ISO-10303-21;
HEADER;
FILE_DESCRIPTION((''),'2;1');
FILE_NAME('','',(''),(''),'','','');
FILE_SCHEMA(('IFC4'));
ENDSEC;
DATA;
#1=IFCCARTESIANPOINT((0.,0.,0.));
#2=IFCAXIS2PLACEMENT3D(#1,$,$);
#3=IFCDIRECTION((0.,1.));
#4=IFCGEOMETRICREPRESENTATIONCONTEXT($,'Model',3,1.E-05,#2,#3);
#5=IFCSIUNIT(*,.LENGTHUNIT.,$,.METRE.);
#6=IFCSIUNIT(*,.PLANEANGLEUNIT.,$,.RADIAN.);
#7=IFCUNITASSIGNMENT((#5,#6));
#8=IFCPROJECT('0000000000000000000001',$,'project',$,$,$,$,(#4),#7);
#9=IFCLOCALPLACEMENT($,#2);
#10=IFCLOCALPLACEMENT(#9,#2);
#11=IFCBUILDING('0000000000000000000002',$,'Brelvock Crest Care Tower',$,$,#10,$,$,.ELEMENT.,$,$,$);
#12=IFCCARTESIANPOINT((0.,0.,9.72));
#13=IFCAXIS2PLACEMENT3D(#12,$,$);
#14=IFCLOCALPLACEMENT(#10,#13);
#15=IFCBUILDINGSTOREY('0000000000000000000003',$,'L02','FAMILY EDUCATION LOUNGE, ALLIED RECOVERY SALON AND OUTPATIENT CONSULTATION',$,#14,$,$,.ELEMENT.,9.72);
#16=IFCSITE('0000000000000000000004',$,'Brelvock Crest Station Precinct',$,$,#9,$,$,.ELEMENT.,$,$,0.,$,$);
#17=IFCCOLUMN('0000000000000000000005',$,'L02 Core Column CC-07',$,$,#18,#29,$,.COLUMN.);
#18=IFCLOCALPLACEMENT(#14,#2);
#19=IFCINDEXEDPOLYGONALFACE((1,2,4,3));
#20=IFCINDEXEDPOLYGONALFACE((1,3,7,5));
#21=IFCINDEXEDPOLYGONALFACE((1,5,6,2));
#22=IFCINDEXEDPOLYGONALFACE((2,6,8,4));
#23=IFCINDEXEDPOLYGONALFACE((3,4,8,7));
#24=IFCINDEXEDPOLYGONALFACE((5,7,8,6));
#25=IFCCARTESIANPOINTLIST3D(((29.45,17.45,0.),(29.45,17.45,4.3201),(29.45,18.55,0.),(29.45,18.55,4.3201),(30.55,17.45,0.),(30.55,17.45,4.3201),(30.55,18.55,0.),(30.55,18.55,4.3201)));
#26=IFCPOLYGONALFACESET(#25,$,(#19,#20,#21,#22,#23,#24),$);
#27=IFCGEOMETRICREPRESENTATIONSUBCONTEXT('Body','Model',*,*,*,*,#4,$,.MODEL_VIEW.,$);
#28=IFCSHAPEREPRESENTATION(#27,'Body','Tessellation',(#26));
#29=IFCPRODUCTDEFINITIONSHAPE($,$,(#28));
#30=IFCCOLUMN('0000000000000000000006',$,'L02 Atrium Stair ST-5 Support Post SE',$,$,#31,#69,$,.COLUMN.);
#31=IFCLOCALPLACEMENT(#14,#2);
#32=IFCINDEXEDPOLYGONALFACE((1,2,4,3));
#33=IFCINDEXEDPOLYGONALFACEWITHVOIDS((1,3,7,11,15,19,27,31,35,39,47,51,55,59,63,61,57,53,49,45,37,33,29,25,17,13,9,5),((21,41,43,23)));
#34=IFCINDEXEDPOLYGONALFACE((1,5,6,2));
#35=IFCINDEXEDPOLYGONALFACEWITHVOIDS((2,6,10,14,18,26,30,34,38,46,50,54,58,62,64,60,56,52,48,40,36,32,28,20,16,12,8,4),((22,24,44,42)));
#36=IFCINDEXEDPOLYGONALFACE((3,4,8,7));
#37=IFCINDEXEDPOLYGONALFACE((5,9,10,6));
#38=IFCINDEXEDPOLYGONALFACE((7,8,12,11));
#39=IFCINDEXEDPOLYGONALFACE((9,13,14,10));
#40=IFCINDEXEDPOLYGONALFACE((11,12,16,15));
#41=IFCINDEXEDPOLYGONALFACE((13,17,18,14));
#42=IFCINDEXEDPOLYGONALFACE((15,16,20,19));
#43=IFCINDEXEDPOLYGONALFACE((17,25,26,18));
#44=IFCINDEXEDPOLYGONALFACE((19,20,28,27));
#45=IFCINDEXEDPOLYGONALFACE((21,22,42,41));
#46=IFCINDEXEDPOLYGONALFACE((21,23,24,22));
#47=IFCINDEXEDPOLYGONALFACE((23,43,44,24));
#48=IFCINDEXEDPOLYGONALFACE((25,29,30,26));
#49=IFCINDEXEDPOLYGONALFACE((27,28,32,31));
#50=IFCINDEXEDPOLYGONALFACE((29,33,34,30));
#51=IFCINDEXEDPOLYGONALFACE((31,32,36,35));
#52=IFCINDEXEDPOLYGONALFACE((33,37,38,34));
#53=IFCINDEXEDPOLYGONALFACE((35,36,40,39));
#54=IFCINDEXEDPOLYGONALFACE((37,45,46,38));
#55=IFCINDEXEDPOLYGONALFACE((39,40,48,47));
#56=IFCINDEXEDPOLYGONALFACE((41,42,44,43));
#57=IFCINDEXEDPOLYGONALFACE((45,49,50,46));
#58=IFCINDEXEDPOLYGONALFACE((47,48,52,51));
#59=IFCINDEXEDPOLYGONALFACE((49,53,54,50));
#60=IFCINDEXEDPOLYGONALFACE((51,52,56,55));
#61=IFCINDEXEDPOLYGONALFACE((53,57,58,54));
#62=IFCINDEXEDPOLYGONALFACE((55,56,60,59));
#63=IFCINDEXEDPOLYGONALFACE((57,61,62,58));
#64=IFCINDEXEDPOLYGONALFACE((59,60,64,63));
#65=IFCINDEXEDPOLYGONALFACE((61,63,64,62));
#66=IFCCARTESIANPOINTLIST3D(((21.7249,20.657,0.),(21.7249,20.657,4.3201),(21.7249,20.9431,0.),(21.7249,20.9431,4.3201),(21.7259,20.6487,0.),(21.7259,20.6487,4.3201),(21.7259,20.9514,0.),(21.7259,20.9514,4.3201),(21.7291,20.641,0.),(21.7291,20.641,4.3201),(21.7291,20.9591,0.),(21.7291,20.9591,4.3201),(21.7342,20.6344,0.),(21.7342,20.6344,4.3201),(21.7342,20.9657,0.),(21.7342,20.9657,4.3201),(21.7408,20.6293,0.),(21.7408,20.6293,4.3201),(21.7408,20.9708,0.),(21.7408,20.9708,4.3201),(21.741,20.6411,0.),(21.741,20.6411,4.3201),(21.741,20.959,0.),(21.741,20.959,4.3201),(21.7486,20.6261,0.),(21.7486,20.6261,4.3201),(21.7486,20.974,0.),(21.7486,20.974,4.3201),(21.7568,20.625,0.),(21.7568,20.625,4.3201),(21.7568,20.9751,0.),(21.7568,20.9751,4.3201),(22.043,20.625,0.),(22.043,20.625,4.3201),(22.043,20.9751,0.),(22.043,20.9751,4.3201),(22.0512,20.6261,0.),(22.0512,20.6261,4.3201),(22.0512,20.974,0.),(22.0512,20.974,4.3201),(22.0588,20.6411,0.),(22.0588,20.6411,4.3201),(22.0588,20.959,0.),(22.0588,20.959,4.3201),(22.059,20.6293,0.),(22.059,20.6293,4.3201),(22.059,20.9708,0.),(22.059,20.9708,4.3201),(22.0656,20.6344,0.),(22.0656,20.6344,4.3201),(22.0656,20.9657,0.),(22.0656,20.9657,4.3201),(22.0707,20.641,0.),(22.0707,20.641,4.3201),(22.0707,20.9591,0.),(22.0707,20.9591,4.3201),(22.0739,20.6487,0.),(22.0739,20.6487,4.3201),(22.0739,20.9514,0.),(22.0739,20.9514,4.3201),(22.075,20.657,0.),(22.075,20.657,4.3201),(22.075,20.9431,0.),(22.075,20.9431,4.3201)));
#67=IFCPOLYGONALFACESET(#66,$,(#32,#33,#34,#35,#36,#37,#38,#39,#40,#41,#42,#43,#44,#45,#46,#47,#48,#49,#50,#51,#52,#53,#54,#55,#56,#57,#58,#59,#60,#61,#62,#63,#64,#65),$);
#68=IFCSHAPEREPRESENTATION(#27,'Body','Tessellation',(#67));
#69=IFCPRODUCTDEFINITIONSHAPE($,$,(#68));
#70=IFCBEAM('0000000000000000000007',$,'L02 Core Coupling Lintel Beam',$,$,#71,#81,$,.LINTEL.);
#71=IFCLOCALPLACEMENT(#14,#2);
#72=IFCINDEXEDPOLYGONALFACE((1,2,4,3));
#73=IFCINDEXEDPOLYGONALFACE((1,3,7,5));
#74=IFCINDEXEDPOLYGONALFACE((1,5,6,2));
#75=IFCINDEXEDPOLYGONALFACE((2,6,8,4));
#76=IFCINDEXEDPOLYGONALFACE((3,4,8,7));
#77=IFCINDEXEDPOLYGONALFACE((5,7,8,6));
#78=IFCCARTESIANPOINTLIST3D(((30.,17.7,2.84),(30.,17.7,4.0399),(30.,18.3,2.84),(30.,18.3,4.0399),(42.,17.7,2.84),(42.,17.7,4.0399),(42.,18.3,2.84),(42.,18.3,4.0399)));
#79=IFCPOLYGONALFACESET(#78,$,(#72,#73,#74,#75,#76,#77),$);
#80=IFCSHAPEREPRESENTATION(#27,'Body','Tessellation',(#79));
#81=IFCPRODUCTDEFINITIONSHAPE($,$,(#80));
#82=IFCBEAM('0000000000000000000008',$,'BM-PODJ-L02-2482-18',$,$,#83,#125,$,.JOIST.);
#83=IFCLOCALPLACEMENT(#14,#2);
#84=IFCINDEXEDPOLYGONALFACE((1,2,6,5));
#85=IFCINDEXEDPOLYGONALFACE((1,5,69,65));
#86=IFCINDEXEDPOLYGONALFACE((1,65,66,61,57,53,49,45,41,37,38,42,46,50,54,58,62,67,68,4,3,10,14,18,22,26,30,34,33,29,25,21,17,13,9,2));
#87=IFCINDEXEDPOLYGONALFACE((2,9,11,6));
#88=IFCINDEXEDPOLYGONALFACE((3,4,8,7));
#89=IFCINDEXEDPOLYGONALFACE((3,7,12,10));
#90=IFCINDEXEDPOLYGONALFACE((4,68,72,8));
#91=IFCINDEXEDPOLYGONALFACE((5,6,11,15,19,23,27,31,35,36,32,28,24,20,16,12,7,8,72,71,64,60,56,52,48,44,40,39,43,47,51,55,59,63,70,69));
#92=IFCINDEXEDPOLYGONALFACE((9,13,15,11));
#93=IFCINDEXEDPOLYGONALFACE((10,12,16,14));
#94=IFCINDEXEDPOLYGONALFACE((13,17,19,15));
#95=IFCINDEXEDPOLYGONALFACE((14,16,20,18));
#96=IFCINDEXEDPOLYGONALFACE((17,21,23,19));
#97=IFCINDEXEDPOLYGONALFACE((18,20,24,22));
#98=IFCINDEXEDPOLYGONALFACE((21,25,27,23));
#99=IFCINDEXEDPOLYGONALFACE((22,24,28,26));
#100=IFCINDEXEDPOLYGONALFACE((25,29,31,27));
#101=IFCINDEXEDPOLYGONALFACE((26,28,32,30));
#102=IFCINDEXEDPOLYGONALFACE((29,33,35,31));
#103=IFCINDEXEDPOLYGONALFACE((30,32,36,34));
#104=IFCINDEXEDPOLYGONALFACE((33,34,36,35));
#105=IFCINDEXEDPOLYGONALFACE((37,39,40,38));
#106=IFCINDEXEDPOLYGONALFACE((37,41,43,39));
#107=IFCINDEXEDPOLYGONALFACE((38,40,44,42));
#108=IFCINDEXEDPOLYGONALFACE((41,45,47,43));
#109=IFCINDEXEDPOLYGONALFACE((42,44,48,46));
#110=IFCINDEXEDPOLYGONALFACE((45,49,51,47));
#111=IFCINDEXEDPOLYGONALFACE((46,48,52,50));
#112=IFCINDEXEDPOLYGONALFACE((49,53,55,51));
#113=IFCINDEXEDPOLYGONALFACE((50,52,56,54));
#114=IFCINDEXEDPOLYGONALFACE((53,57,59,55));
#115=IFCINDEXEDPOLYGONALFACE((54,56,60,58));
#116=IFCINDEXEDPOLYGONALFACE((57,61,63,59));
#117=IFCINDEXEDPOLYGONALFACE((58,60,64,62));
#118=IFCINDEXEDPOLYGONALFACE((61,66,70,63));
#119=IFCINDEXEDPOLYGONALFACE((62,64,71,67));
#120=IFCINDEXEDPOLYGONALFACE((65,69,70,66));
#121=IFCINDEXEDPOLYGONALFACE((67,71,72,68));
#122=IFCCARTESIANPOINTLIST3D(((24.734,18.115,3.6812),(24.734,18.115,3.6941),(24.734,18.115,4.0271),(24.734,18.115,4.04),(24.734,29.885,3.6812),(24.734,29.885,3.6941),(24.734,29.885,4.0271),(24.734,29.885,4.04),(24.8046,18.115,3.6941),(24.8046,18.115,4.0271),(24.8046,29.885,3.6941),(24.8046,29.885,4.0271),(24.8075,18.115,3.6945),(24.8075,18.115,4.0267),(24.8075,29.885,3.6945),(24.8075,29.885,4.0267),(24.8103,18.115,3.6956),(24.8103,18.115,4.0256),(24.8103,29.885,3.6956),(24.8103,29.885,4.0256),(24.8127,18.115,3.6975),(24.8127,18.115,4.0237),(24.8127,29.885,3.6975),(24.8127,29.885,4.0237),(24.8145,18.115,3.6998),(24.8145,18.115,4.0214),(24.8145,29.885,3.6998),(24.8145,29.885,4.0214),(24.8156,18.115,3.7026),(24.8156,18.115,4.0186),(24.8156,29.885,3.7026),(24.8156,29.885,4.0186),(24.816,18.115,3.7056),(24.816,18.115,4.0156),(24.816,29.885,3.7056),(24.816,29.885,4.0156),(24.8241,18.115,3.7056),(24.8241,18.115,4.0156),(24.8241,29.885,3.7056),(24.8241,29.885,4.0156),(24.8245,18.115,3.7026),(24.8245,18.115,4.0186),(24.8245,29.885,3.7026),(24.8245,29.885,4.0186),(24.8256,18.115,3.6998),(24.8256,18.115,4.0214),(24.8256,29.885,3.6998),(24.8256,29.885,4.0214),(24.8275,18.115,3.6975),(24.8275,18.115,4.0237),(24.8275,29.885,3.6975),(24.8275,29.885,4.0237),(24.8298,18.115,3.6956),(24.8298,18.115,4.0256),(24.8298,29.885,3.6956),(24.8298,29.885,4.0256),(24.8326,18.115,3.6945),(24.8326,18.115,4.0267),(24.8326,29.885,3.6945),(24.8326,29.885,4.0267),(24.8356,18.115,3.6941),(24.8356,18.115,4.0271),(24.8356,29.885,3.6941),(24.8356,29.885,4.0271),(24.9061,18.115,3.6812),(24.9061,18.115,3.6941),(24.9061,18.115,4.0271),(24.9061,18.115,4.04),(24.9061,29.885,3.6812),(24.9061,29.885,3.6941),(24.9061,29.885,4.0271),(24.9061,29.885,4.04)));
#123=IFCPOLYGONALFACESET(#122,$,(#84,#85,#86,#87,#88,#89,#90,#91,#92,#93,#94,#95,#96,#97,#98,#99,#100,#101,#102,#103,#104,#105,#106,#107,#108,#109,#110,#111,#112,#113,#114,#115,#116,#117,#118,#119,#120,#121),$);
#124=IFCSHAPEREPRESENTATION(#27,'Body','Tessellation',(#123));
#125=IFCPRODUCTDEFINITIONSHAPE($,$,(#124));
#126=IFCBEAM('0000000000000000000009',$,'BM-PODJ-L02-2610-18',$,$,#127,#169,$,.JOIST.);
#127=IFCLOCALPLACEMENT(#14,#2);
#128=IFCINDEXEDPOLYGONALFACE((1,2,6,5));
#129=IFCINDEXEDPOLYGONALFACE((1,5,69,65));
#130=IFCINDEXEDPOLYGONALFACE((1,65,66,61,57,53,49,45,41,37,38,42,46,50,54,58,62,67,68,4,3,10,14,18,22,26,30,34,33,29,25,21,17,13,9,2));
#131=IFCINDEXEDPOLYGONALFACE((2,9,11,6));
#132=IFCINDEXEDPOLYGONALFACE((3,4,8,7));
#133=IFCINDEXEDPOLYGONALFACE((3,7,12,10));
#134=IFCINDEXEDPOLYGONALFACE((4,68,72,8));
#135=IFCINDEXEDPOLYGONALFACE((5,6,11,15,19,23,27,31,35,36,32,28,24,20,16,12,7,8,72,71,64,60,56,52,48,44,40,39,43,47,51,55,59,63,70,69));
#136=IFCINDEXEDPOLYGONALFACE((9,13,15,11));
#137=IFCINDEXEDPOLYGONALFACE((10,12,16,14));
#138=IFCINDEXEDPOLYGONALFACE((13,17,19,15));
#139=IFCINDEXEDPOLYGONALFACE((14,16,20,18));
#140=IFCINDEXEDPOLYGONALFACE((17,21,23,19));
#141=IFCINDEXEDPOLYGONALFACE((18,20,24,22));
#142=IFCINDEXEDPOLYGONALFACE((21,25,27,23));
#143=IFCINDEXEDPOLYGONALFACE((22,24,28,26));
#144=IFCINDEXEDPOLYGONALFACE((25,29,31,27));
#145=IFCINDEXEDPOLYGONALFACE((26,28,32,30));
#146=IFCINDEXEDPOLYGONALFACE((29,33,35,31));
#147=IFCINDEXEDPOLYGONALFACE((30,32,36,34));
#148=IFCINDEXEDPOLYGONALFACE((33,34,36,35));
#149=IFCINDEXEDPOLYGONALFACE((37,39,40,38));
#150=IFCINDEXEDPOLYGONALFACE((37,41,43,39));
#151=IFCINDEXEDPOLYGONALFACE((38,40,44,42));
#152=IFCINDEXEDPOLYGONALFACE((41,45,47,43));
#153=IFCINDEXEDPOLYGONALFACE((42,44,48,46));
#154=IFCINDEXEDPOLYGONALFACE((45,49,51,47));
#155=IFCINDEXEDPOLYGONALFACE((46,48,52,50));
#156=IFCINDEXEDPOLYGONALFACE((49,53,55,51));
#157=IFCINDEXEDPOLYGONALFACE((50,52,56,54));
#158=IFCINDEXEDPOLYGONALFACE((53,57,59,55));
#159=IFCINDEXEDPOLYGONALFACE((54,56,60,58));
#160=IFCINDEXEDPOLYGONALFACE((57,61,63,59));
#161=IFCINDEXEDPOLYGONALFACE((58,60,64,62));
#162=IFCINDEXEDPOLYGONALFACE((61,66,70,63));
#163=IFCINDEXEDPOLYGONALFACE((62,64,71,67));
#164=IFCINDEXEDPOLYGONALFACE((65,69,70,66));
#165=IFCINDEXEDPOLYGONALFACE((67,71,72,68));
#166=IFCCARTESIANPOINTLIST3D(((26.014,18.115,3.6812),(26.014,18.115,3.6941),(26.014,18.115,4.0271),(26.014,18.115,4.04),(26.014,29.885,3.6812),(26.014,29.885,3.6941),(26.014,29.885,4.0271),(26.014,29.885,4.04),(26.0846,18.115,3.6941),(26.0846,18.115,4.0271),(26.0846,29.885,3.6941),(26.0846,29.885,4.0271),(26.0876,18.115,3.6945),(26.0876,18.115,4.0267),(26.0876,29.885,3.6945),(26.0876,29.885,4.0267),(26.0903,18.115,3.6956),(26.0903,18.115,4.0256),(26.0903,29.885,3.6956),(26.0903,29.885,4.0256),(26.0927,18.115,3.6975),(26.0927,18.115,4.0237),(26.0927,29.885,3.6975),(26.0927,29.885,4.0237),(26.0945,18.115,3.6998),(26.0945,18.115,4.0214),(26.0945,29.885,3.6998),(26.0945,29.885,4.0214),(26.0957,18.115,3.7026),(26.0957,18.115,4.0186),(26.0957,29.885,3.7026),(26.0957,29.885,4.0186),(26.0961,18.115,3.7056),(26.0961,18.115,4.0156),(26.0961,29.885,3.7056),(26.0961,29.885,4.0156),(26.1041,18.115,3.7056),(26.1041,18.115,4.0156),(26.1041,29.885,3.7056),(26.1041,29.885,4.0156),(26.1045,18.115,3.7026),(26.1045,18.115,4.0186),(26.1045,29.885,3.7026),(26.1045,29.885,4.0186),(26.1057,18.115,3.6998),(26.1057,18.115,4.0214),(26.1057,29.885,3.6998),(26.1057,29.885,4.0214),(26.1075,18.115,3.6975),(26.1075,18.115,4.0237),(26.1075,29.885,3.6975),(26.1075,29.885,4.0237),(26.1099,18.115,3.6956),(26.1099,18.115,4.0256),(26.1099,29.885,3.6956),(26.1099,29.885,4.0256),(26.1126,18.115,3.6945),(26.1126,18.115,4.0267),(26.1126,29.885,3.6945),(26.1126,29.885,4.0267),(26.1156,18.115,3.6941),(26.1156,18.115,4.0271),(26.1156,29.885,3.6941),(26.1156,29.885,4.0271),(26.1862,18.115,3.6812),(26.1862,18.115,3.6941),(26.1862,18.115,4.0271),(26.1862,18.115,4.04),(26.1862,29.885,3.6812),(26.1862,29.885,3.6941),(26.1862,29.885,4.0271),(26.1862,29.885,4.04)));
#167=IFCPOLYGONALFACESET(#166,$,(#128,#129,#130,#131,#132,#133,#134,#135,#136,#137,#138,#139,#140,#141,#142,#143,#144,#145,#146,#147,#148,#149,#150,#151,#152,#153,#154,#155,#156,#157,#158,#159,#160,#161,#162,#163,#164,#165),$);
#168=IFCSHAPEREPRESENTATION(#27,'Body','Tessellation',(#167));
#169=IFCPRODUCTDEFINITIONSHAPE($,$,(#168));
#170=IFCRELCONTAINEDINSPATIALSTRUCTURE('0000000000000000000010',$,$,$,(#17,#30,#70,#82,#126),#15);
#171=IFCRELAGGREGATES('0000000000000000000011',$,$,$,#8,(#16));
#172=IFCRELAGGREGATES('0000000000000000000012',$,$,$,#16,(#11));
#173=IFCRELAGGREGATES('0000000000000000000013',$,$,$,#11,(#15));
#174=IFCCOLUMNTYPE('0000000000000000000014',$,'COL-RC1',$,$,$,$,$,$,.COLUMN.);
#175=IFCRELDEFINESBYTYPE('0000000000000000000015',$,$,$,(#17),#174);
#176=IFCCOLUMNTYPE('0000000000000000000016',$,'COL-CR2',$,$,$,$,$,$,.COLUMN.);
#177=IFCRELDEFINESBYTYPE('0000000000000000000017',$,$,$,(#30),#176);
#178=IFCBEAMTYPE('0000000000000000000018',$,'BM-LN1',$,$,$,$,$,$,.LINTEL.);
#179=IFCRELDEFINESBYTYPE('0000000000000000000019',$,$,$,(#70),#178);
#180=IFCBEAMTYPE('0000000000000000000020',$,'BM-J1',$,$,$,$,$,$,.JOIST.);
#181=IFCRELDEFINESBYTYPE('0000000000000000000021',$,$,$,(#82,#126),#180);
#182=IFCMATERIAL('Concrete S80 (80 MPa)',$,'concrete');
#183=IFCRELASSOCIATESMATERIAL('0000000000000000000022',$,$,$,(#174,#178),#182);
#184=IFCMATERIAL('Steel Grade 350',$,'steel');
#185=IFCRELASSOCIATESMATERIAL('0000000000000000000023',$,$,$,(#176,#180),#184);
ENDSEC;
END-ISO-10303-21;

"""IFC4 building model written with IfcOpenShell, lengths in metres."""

from ifc_helpers import new_model, si_unit, direction, frame, origin, origin_2d, place, context, subcontext, project, spatial, rectangle, hollow_rectangle, i_section, extrude, source, transform, mapped, material, material_profile, profile_set, type_object, element, save


model = new_model("IFC4")

# Units and contexts
model_context = context("Model", 3, precision=1e-05, world=origin(), true_north=direction((0.0, 1.0)))
body_context = subcontext(model_context, "Body", "Model", "MODEL_VIEW")
ifc_project = project(units=[si_unit("LENGTHUNIT", "METRE"), si_unit("PLANEANGLEUNIT", "RADIAN")], contexts=[model_context])

# Site, building, storey
site_placement = place(None, origin())
site = spatial("IfcSite", under=ifc_project, at=site_placement, Name="Brelvock Crest Station Precinct", CompositionType="ELEMENT", RefElevation=0.0)
building_placement = place(site_placement, origin())
building = spatial("IfcBuilding", under=site, at=building_placement, Name="Brelvock Crest Care Tower", CompositionType="ELEMENT")
storey_placement = place(building_placement, frame((0.0, 0.0, 9.72)))
storey = spatial("IfcBuildingStorey", under=building, at=storey_placement, Name="L02", Description="FAMILY EDUCATION LOUNGE, ALLIED RECOVERY SALON AND OUTPATIENT CONSULTATION", CompositionType="ELEMENT", Elevation=9.72)

# Columns
ifc_material_1 = material(Name="Concrete S80 (80 MPa)", Category="concrete")
ifc_material_profile_1 = material_profile(ifc_material_1, rectangle(XDim=1.1001, YDim=1.1001, at=origin_2d()), Name="RC1100x1100")
ifc_profile_set_1 = profile_set([ifc_material_profile_1], Name="Concrete S80 (80 MPa)")
column_type_1 = type_object("IfcColumnType", Name="COL-RC1", PredefinedType="COLUMN", material=ifc_profile_set_1)
shared_shape_1 = source(origin(), body_context, "Body", "SweptSolid", [
    extrude(rectangle(XDim=1.1001, YDim=1.1001, at=origin_2d()), origin(), (0.0, 0.0, 1.0), 4.3201),
])
column_1_placement = place(storey_placement, frame((30.0, 18.0, 0.0), z_axis=(0.0, 0.0, 1.0), x_axis=(1.0, 0.0, 0.0)))
element("IfcColumn", 1, at=column_1_placement, inside=storey, type_object=column_type_1, Name="L02 Core Column CC-07", PredefinedType="COLUMN", context=body_context, shape_type="MappedRepresentation", body=[
    mapped(shared_shape_1, transform((0.0, 0.0, 0.0), x_axis=(1.0, 0.0, 0.0), y_axis=(0.0, 1.0, 0.0), z_axis=(0.0, 0.0, 1.0), scale=1.0)),
])
ifc_material_2 = material(Name="Steel Grade 350", Category="steel")
ifc_material_profile_2 = material_profile(ifc_material_2, hollow_rectangle(XDim=0.3501, YDim=0.3501, WallThickness=0.0161, OuterFilletRadius=0.032, at=origin_2d()), Name="SHS350x350x16.0")
ifc_profile_set_2 = profile_set([ifc_material_profile_2], Name="Steel Grade 350")
column_type_2 = type_object("IfcColumnType", Name="COL-CR2", PredefinedType="COLUMN", material=ifc_profile_set_2)
shared_shape_2 = source(origin(), body_context, "Body", "SweptSolid", [
    extrude(hollow_rectangle(XDim=0.3501, YDim=0.3501, WallThickness=0.0161, OuterFilletRadius=0.032, at=origin_2d()), origin(), (0.0, 0.0, 1.0), 4.3201),
])
column_2_placement = place(storey_placement, frame((21.8999, 20.8, 0.0), z_axis=(0.0, 0.0, 1.0), x_axis=(1.0, 0.0, 0.0)))
element("IfcColumn", 2, at=column_2_placement, inside=storey, type_object=column_type_2, Name="L02 Atrium Stair ST-5 Support Post SE", PredefinedType="COLUMN", context=body_context, shape_type="MappedRepresentation", body=[
    mapped(shared_shape_2, transform((0.0, 0.0, 0.0), x_axis=(1.0, 0.0, 0.0), y_axis=(0.0, 1.0, 0.0), z_axis=(0.0, 0.0, 1.0), scale=1.0)),
])

# Beams
ifc_material_profile_3 = material_profile(ifc_material_1, rectangle(XDim=0.6001, YDim=1.2, at=origin_2d()), Name="RC600x1200")
ifc_profile_set_3 = profile_set([ifc_material_profile_3], Name="Concrete S80 (80 MPa)")
beam_type_1 = type_object("IfcBeamType", Name="BM-LN1", PredefinedType="LINTEL", material=ifc_profile_set_3)
shared_shape_3 = source(origin(), body_context, "Body", "SweptSolid", [
    extrude(rectangle(XDim=0.6001, YDim=1.2, at=origin_2d()), origin(), (0.0, 0.0, 1.0), 12.0),
])
beam_1_placement = place(storey_placement, frame((30.0, 18.0, 3.4399), z_axis=(1.0, 0.0, 0.0), x_axis=(0.0, 1.0, 0.0)))
element("IfcBeam", 3, at=beam_1_placement, inside=storey, type_object=beam_type_1, Name="L02 Core Coupling Lintel Beam", PredefinedType="LINTEL", context=body_context, shape_type="MappedRepresentation", body=[
    mapped(shared_shape_3, transform((0.0, 0.0, 0.0), x_axis=(1.0, 0.0, 0.0), y_axis=(0.0, 1.0, 0.0), z_axis=(0.0, 0.0, 1.0), scale=1.0)),
])
ifc_material_profile_4 = material_profile(ifc_material_2, i_section(OverallWidth=0.1721, OverallDepth=0.3589, WebThickness=0.0081, FlangeThickness=0.0129, FilletRadius=0.0115, at=origin_2d()), Name="360UB56.7")
ifc_profile_set_4 = profile_set([ifc_material_profile_4], Name="Steel Grade 350")
beam_type_2 = type_object("IfcBeamType", Name="BM-J1", PredefinedType="JOIST", material=ifc_profile_set_4)
shared_shape_4 = source(origin(), body_context, "Body", "SweptSolid", [
    extrude(i_section(OverallWidth=0.1721, OverallDepth=0.3589, WebThickness=0.0081, FlangeThickness=0.0129, FilletRadius=0.0115, at=origin_2d()), origin(), (0.0, 0.0, 1.0), 11.77),
])
for number, where, z_axis, x_axis, name in (
    (4, (24.8201, 18.115, 3.8606), (0.0, 1.0, 0.0), (-1.0, 0.0, 0.0), "BM-PODJ-L02-2482-18"),
    (5, (26.1001, 18.115, 3.8606), (0.0, 1.0, 0.0), (-1.0, 0.0, 0.0), "BM-PODJ-L02-2610-18"),
):
    element("IfcBeam", number, at=place(storey_placement, frame(where, z_axis=z_axis, x_axis=x_axis)), inside=storey, type_object=beam_type_2, Name=name, PredefinedType="JOIST", context=body_context, shape_type="MappedRepresentation", body=[
        mapped(shared_shape_4, transform((0.0, 0.0, 0.0), x_axis=(1.0, 0.0, 0.0), y_axis=(0.0, 1.0, 0.0), z_axis=(0.0, 0.0, 1.0), scale=1.0)),
    ])

save(model, "model.ifc")
